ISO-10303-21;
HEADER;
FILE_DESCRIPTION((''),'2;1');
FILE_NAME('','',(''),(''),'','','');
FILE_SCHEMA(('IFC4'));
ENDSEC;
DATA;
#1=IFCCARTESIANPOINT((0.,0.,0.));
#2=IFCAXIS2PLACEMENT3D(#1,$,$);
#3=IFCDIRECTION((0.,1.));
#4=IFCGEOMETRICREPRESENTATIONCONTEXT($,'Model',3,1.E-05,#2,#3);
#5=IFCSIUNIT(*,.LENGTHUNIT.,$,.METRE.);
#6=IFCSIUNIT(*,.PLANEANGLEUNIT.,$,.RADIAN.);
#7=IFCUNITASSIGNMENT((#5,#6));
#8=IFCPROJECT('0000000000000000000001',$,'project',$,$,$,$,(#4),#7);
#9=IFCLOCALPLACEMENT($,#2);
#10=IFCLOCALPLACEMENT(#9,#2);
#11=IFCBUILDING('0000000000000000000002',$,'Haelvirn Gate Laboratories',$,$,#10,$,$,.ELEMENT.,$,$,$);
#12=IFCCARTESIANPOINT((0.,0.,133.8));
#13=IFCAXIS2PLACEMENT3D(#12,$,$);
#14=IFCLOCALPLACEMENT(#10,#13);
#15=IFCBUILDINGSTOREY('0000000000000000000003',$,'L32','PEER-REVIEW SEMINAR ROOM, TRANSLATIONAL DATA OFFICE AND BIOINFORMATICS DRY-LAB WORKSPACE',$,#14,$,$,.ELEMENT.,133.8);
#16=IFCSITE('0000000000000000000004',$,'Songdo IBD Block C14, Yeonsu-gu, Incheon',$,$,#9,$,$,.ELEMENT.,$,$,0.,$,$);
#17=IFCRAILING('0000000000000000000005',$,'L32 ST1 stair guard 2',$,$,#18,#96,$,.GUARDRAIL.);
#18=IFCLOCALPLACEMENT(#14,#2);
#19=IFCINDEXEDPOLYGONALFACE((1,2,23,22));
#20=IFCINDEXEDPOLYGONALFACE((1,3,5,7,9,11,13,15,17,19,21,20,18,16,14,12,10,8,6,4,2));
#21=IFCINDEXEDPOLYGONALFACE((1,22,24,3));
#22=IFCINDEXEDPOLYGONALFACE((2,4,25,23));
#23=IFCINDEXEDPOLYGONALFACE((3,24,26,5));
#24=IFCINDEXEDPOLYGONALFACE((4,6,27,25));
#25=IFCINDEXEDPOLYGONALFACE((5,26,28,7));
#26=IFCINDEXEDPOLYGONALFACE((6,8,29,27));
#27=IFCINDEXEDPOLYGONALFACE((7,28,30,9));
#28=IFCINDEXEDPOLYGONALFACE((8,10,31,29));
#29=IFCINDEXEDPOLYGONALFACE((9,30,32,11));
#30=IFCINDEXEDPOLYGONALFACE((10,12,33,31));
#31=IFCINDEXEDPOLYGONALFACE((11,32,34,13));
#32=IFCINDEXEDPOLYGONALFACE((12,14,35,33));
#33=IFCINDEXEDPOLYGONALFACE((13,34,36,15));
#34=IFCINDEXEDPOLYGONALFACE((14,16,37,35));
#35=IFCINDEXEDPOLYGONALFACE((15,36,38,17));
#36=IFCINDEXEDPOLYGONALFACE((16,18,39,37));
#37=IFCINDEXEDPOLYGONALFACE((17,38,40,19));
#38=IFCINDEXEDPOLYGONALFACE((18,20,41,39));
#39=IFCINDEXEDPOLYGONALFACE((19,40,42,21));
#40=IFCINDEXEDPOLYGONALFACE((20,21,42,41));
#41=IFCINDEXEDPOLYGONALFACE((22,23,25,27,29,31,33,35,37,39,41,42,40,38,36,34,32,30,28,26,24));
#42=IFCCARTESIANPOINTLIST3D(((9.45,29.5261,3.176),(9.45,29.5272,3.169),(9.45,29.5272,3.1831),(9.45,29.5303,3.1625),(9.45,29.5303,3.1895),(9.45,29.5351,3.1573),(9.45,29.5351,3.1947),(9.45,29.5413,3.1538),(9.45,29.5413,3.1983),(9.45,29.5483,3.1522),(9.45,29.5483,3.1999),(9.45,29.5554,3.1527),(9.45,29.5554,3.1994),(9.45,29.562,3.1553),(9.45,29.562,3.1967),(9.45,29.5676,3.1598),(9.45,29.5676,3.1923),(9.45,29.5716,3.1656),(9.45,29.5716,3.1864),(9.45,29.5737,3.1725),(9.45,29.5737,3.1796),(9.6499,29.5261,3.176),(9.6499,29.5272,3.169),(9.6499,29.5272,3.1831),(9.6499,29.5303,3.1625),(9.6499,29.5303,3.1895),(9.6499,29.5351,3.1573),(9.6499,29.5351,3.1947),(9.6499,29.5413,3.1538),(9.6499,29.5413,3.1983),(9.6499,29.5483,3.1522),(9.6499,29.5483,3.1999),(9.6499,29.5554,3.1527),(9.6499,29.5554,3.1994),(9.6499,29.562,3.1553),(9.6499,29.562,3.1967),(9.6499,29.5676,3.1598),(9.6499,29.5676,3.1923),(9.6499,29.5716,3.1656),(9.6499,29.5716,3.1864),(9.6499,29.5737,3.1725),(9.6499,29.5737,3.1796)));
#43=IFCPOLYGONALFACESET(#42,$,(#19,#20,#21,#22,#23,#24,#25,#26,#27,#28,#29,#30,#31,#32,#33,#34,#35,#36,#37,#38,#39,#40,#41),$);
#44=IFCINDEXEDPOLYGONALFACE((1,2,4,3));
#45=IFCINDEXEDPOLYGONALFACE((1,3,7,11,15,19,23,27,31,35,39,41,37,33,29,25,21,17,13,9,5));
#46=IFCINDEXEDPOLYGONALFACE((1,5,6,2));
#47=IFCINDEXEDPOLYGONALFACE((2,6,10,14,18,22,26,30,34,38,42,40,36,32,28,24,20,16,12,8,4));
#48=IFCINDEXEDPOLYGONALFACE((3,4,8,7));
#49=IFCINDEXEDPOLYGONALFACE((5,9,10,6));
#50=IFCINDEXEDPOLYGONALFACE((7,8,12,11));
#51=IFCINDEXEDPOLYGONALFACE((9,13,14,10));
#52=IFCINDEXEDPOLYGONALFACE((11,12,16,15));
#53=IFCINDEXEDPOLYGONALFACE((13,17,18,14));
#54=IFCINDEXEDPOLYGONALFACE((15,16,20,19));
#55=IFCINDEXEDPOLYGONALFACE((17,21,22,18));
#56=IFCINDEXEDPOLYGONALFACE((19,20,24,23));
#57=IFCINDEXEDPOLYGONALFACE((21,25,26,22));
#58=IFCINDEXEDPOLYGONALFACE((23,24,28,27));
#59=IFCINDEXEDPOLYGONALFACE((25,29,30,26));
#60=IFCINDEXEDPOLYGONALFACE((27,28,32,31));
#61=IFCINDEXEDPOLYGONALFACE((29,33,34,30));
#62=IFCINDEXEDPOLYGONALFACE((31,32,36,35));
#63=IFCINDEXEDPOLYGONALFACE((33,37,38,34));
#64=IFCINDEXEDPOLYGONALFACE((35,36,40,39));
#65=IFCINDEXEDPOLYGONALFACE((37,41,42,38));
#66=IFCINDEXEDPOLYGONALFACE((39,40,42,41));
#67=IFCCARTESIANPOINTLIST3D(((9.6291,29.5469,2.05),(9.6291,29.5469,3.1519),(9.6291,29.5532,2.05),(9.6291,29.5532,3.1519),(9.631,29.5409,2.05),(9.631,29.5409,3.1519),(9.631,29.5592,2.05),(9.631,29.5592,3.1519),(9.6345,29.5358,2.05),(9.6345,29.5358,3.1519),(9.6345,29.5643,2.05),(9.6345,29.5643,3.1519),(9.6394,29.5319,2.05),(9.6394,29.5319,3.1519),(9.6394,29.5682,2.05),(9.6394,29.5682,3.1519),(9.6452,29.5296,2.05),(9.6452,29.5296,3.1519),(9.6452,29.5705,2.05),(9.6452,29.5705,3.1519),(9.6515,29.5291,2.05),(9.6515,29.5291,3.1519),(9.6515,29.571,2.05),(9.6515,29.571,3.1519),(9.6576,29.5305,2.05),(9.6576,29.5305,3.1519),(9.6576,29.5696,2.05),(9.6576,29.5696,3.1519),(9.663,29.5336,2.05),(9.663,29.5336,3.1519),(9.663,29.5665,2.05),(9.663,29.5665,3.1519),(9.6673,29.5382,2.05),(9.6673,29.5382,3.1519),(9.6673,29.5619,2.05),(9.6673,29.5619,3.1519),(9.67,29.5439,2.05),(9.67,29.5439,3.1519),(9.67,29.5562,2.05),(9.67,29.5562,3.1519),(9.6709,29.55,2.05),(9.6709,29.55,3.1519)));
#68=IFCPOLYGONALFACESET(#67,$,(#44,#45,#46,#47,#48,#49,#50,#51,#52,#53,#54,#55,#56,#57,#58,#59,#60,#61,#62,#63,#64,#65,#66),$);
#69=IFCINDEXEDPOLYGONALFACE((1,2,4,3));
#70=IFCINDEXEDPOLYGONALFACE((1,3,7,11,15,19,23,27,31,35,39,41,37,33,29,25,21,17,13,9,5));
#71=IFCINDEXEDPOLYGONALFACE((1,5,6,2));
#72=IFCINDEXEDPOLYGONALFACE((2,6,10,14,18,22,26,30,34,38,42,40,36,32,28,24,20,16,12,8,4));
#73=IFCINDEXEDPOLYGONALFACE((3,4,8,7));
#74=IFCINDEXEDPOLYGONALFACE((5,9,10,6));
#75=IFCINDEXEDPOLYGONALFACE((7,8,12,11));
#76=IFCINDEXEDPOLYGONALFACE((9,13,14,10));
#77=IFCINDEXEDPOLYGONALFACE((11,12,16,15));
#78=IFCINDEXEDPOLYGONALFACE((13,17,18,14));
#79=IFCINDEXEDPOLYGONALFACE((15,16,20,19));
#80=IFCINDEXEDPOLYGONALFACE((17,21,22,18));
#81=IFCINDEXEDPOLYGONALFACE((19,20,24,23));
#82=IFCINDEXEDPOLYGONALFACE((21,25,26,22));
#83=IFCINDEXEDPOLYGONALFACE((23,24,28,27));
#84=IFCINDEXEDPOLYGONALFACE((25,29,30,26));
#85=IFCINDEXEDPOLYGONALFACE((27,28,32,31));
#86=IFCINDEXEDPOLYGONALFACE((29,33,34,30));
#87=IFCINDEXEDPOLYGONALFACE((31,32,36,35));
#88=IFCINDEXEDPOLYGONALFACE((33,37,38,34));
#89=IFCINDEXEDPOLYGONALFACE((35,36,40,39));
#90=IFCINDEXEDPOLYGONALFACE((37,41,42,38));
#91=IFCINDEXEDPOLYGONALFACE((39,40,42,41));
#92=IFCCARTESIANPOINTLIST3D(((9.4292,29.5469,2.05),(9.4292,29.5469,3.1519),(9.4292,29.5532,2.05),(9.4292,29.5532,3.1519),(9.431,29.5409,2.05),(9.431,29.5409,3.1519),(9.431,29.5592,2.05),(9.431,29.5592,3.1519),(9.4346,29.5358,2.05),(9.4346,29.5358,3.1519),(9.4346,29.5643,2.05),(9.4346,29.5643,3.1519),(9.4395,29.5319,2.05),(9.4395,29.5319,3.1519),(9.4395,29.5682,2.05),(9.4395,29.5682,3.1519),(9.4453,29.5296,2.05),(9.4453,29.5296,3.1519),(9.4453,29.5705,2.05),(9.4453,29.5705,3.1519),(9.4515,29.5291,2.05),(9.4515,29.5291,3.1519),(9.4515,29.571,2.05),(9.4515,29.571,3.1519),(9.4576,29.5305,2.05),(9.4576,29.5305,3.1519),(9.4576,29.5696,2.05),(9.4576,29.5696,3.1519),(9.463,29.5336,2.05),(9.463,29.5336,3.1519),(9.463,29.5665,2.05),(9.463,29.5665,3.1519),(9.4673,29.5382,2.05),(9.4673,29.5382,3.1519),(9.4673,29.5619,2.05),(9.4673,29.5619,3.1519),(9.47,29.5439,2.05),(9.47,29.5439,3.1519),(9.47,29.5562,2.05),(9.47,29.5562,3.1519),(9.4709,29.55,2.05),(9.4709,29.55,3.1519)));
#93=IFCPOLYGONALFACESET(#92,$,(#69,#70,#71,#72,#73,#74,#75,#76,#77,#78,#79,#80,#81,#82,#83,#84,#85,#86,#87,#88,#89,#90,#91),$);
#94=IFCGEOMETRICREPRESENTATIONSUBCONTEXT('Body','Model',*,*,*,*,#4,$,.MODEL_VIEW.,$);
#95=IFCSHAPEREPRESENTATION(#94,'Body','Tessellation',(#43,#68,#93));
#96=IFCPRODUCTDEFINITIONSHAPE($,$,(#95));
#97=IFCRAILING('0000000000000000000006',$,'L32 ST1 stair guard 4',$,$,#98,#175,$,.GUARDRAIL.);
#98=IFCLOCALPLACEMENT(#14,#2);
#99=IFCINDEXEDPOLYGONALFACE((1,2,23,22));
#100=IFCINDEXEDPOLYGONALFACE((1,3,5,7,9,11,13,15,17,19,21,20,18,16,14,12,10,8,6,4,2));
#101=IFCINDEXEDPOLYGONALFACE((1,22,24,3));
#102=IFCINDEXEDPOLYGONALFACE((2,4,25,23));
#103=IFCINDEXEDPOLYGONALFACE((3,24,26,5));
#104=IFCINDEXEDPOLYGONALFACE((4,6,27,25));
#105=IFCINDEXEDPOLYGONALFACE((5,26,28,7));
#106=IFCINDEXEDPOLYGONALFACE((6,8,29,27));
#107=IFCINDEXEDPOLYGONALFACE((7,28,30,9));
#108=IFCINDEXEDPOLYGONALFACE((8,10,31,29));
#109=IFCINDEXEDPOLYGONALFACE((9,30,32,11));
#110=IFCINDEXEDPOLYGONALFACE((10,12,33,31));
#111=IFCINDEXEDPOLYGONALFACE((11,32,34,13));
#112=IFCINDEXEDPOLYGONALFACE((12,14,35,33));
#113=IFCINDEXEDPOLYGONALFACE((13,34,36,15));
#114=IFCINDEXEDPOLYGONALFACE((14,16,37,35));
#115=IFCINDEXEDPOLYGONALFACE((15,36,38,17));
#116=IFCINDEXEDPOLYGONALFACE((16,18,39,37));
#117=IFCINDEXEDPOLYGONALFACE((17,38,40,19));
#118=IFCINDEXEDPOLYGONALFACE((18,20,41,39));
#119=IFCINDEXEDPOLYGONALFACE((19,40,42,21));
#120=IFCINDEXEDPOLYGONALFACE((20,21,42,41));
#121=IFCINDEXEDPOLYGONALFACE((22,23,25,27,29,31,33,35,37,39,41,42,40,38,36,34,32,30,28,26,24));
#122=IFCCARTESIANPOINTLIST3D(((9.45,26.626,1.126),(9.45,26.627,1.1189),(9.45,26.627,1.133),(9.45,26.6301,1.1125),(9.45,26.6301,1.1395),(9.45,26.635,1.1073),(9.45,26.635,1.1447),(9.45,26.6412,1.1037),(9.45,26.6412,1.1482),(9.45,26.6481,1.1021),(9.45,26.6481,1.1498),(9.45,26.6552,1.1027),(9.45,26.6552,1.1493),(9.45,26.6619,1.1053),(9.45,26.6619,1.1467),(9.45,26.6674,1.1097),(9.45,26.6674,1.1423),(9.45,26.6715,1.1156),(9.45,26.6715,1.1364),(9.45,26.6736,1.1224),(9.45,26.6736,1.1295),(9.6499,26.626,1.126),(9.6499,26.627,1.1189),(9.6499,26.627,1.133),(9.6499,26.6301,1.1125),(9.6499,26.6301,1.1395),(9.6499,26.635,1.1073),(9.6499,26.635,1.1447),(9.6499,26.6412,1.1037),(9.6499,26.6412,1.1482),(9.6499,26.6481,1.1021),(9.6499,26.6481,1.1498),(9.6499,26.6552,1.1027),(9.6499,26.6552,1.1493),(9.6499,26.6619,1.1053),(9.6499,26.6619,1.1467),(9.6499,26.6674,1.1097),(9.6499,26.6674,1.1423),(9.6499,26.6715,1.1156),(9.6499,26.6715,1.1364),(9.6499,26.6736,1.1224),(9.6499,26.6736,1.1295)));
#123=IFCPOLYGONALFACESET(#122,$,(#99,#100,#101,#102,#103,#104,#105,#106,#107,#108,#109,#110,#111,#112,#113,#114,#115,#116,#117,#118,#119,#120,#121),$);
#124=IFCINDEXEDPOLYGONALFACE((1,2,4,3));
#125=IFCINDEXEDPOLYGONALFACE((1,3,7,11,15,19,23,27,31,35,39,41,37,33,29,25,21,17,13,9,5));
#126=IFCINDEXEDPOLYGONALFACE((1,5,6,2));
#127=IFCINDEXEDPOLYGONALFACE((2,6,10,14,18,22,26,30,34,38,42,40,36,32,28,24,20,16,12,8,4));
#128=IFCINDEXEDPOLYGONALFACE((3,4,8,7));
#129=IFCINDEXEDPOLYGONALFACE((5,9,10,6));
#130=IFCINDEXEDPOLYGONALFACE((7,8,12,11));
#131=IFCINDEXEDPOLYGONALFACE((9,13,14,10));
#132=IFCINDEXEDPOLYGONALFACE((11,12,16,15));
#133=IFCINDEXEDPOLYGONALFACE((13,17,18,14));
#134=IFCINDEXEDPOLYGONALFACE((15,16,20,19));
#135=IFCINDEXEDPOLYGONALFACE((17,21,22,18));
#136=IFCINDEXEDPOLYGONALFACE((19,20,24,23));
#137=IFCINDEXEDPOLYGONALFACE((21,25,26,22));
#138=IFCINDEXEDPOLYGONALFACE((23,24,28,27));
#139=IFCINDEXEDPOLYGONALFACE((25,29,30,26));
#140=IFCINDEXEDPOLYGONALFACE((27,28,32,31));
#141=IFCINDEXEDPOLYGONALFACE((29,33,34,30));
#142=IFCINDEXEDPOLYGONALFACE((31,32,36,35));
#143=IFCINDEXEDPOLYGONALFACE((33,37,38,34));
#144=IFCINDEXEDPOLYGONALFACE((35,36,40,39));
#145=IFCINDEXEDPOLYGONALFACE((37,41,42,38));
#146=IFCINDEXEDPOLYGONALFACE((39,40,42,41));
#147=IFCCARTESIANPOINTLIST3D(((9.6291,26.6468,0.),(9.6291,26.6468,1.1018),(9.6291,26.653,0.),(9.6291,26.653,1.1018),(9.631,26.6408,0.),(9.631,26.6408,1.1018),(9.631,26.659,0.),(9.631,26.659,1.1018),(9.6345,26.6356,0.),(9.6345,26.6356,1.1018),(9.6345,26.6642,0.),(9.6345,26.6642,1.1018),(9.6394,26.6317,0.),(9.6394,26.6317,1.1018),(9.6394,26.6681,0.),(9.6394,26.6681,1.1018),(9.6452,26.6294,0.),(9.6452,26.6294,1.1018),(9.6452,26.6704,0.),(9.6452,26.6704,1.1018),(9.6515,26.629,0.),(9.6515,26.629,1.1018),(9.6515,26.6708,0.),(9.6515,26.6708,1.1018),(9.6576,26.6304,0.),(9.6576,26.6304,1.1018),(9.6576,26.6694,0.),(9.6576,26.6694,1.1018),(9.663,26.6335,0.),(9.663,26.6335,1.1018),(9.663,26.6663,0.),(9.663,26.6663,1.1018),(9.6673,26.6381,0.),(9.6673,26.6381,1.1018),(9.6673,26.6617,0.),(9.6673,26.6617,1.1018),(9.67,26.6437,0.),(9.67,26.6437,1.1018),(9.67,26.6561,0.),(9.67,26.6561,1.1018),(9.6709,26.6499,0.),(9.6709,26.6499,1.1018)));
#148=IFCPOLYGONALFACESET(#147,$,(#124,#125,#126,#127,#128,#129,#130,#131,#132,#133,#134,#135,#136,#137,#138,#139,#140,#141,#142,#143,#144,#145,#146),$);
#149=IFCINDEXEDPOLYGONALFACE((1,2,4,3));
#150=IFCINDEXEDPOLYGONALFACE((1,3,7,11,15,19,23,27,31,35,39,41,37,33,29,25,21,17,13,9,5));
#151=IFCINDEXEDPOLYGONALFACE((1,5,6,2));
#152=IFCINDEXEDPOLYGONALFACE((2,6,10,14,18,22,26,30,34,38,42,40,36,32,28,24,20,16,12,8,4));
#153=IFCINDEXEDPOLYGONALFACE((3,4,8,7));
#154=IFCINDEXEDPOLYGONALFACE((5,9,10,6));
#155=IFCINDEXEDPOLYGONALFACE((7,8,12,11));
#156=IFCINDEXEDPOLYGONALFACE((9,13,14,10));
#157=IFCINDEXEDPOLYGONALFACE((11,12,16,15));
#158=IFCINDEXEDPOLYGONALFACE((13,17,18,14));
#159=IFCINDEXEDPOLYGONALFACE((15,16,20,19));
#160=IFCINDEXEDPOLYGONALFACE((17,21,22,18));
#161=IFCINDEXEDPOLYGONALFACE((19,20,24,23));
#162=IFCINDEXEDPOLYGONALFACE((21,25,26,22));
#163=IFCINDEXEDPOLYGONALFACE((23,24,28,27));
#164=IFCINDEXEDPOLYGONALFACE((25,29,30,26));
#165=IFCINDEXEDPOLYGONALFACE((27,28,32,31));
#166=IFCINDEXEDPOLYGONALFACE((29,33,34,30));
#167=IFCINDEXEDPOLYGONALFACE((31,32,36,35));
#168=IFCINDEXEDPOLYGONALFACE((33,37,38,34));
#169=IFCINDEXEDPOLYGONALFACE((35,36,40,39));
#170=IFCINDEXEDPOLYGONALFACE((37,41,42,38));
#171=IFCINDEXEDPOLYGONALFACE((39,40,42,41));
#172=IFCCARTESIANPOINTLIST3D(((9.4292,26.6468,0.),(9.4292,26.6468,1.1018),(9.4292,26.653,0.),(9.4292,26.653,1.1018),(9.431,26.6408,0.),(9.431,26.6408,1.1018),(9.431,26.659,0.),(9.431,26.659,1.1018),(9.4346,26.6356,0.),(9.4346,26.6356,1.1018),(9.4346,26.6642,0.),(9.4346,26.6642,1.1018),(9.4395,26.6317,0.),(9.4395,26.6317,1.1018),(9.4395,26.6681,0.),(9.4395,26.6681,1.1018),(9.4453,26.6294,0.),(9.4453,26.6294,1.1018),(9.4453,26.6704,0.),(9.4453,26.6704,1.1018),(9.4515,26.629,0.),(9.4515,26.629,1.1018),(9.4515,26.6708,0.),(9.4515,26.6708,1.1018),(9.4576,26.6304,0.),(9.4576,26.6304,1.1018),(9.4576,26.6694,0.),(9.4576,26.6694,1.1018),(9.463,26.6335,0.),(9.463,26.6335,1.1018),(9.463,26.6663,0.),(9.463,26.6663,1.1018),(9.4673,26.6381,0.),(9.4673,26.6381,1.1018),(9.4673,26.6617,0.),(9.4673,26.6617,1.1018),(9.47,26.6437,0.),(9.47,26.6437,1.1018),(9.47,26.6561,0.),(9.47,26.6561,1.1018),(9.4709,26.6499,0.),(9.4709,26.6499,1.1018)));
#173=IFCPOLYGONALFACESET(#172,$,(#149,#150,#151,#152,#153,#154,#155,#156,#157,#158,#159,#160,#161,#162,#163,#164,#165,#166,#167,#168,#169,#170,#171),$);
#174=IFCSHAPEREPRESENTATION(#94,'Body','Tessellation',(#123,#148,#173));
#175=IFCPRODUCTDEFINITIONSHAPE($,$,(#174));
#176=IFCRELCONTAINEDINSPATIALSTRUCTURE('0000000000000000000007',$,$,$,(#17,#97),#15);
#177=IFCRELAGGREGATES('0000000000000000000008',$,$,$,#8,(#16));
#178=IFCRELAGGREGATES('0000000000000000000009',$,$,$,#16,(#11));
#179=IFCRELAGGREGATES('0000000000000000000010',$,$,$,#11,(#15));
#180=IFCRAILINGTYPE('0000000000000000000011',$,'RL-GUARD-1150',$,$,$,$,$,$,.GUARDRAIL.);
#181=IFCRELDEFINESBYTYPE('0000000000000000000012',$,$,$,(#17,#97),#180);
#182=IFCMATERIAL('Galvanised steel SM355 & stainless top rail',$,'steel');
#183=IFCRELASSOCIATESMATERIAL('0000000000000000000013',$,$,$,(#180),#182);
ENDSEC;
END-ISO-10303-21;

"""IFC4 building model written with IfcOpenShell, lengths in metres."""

from ifc_helpers import new_model, si_unit, direction, frame, origin, origin_2d, place, context, subcontext, project, spatial, circle, extrude, source, transform, mapped, material, type_object, element, save


model = new_model("IFC4")

# Units and contexts
model_context = context("Model", 3, precision=1e-05, world=origin(), true_north=direction((0.0, 1.0)))
body_context = subcontext(model_context, "Body", "Model", "MODEL_VIEW")
ifc_project = project(units=[si_unit("LENGTHUNIT", "METRE"), si_unit("PLANEANGLEUNIT", "RADIAN")], contexts=[model_context])

# Site, building, storey
site_placement = place(None, origin())
site = spatial("IfcSite", under=ifc_project, at=site_placement, Name="Songdo IBD Block C14, Yeonsu-gu, Incheon", CompositionType="ELEMENT", RefElevation=0.0)
building_placement = place(site_placement, origin())
building = spatial("IfcBuilding", under=site, at=building_placement, Name="Haelvirn Gate Laboratories", CompositionType="ELEMENT")
storey_placement = place(building_placement, frame((0.0, 0.0, 133.8)))
storey = spatial("IfcBuildingStorey", under=building, at=storey_placement, Name="L32", Description="PEER-REVIEW SEMINAR ROOM, TRANSLATIONAL DATA OFFICE AND BIOINFORMATICS DRY-LAB WORKSPACE", CompositionType="ELEMENT", Elevation=133.8)

# Railings
ifc_material_1 = material(Name="Galvanised steel SM355 & stainless top rail", Category="steel")
railing_type_1 = type_object("IfcRailingType", Name="RL-GUARD-1150", PredefinedType="GUARDRAIL", material=ifc_material_1)
shared_shape_1 = source(origin(), body_context, "Body", "SweptSolid", [
    extrude(circle(Radius=0.0239, at=origin_2d()), frame((0.0, 0.0, 1.126), z_axis=(-1.0, 0.0, 0.0), x_axis=(0.0, -1.0, 0.0)), (0.0, 0.0, 1.0), 0.2),
    extrude(circle(Radius=0.021, at=origin_2d()), origin(), (0.0, 0.0, 1.0), 1.1018),
    extrude(circle(Radius=0.021, at=origin_2d()), frame((-0.2, 0.0, 0.0)), (0.0, 0.0, 1.0), 1.1018),
])
for number, where, name in (
    (1, (9.6499, 29.55, 2.05), "L32 ST1 stair guard 2"),
    (2, (9.6499, 26.6499, 0.0), "L32 ST1 stair guard 4"),
):
    element("IfcRailing", number, at=place(storey_placement, frame(where)), inside=storey, type_object=railing_type_1, Name=name, PredefinedType="GUARDRAIL", context=body_context, shape_type="MappedRepresentation", body=[
        mapped(shared_shape_1, transform((0.0, 0.0, 0.0), scale=1.0)),
    ])

save(model, "model.ifc")
